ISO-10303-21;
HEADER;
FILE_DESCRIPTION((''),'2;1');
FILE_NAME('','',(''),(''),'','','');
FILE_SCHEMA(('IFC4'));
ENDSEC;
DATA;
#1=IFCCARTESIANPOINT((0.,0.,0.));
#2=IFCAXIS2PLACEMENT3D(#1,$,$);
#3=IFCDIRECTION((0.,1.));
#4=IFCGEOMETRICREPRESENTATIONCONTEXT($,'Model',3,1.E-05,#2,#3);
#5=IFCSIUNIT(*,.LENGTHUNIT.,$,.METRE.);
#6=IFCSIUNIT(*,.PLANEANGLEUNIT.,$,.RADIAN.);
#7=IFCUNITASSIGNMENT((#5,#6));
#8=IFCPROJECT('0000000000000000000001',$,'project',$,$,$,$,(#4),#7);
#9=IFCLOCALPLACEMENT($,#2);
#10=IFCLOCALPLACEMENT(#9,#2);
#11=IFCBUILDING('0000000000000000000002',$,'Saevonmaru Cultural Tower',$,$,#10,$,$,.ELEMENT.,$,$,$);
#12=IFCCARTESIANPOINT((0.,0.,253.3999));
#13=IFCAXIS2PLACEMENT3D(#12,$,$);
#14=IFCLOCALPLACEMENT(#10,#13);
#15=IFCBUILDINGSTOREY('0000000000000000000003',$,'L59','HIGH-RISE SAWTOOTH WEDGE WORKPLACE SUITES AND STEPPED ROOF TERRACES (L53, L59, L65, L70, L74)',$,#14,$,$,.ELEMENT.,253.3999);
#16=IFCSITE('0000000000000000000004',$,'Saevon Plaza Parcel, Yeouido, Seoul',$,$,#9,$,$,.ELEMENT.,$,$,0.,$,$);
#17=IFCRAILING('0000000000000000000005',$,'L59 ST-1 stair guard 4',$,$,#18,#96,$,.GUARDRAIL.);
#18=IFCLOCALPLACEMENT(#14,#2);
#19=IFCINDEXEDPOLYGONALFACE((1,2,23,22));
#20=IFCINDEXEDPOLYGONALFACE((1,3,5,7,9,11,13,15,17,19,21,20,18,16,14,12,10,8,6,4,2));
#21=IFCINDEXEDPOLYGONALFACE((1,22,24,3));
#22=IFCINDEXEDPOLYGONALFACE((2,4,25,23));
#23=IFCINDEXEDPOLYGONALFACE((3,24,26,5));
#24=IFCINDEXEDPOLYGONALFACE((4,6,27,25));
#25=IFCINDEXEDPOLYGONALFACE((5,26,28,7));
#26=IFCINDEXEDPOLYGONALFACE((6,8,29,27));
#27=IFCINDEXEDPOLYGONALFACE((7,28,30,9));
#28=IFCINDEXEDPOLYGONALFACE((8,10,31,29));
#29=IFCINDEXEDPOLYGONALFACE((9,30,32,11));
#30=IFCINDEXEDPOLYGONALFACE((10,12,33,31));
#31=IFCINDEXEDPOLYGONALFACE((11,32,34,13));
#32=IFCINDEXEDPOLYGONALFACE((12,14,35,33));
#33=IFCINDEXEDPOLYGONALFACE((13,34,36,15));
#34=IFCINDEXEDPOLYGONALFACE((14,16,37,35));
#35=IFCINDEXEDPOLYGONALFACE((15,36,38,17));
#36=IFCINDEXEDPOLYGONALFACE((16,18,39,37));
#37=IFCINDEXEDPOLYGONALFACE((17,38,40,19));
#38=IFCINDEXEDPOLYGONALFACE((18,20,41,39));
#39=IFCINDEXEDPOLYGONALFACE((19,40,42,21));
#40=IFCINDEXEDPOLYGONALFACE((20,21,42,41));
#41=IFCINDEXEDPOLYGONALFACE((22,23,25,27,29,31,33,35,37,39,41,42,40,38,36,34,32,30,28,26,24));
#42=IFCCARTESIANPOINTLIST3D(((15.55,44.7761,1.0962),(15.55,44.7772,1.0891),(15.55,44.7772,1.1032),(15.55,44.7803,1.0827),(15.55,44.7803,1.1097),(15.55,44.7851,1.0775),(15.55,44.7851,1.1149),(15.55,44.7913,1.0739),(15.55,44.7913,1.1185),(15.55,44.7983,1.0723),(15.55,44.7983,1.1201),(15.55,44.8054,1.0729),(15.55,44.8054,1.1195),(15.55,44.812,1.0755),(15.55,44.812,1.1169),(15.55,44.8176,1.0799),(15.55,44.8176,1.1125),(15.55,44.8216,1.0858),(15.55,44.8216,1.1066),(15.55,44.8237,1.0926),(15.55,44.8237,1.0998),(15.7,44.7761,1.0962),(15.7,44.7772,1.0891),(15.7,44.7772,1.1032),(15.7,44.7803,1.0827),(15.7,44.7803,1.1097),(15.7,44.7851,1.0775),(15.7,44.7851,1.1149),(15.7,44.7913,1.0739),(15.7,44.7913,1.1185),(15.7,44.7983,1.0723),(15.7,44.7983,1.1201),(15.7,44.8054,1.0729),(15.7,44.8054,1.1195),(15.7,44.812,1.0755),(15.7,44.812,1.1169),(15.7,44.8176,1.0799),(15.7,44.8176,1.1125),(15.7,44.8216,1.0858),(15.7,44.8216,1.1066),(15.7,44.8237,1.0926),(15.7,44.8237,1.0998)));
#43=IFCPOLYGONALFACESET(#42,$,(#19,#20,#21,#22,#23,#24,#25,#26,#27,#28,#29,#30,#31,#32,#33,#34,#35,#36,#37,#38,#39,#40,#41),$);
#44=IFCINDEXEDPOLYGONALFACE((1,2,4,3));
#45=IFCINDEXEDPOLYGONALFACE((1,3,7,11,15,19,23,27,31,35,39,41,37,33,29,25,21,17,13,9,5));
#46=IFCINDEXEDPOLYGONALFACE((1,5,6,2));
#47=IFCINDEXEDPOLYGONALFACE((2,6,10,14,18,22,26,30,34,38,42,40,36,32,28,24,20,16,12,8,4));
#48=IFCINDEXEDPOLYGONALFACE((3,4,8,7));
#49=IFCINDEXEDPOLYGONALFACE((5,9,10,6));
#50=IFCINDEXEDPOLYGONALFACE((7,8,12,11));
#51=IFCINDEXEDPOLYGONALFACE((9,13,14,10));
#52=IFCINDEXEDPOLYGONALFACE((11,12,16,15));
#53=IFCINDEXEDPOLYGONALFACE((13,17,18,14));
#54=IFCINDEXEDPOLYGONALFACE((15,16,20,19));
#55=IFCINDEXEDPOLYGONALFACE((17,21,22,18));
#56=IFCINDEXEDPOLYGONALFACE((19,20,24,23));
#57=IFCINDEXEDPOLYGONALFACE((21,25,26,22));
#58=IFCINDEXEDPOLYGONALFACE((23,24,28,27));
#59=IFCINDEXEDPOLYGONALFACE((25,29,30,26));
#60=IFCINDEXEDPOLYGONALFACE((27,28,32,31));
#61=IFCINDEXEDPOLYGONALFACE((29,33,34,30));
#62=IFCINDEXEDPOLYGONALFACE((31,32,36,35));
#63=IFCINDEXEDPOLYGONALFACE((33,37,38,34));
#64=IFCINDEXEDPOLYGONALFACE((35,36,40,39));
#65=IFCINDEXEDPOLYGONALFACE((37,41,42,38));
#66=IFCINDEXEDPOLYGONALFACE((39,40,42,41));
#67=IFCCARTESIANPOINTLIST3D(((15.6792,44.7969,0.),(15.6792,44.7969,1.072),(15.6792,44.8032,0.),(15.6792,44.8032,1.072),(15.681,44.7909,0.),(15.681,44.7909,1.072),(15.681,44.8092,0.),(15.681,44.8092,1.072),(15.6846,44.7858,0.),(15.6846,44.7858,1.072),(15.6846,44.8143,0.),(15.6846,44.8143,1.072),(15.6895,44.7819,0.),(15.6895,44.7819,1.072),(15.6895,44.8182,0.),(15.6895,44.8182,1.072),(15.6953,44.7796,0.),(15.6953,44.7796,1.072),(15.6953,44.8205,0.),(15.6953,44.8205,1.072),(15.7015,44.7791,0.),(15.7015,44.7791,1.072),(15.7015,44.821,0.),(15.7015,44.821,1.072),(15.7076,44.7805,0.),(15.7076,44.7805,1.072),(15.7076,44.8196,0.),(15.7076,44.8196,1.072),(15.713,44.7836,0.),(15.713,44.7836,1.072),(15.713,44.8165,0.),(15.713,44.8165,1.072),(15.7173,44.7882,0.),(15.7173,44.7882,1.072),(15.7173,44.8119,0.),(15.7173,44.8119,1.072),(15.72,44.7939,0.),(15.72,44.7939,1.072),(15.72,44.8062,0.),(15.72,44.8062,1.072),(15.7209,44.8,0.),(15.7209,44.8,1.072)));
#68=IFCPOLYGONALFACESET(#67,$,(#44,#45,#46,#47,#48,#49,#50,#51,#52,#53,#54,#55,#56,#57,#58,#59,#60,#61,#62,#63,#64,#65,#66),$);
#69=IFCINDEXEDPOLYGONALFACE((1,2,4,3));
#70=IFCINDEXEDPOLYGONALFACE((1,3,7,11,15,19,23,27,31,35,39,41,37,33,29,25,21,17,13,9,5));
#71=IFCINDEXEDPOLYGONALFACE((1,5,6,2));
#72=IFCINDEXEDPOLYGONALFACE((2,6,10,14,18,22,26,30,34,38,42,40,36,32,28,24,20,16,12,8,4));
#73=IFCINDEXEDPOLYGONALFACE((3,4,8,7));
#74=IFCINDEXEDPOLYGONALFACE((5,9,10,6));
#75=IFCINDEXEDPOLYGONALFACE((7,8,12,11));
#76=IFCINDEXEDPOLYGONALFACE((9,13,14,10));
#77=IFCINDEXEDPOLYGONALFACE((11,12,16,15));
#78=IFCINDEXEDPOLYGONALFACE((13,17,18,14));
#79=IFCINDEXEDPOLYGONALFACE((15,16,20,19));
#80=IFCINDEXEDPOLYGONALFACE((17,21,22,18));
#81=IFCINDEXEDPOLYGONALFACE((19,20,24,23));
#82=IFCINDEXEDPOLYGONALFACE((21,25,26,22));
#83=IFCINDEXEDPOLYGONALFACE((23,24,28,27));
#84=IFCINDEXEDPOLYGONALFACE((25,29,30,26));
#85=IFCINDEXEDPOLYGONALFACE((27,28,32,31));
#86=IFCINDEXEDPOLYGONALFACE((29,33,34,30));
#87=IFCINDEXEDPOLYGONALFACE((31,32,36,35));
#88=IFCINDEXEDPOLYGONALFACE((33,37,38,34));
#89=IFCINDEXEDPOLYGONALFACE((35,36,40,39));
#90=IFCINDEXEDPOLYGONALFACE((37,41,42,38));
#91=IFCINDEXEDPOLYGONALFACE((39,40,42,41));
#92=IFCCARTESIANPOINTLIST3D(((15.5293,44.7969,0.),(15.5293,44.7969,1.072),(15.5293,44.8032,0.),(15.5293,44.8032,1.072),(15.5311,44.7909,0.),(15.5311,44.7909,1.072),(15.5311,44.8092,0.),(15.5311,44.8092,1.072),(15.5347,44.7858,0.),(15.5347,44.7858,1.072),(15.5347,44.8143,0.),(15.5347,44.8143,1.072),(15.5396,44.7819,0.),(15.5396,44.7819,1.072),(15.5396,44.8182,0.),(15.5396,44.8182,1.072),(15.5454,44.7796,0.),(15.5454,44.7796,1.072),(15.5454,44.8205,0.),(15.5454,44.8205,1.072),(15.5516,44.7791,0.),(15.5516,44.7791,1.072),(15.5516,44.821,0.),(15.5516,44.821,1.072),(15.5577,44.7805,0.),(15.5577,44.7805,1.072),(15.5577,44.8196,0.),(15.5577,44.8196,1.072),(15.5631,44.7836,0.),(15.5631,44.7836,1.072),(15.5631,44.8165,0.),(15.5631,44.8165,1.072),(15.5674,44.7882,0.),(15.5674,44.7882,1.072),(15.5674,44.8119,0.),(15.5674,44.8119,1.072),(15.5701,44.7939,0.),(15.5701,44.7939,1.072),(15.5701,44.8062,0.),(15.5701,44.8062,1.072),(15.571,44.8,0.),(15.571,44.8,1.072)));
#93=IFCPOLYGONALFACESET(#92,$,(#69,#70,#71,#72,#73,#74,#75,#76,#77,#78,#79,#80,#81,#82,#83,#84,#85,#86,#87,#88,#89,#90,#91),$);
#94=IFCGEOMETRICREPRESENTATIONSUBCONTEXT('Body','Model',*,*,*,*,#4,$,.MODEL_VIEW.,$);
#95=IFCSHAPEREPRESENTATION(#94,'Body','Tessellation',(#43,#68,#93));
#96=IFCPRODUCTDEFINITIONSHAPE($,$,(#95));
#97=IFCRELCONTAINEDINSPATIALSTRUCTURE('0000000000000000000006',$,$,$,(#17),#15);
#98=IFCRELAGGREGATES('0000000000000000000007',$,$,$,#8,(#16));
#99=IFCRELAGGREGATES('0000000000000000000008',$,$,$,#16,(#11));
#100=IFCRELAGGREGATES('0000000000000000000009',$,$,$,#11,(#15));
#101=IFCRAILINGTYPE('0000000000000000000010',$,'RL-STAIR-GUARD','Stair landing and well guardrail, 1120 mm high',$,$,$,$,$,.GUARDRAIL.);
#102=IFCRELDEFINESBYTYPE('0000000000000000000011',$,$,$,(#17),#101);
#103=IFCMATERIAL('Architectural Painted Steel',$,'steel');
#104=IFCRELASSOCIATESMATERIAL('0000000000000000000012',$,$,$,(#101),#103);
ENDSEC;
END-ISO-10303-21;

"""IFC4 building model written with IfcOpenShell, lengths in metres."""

from ifc_helpers import new_model, si_unit, direction, frame, origin, origin_2d, place, context, subcontext, project, spatial, circle, extrude, material, type_object, element, save


model = new_model("IFC4")

# Units and contexts
model_context = context("Model", 3, precision=1e-05, world=origin(), true_north=direction((0.0, 1.0)))
body_context = subcontext(model_context, "Body", "Model", "MODEL_VIEW")
ifc_project = project(units=[si_unit("LENGTHUNIT", "METRE"), si_unit("PLANEANGLEUNIT", "RADIAN")], contexts=[model_context])

# Site, building, storey
site_placement = place(None, origin())
site = spatial("IfcSite", under=ifc_project, at=site_placement, Name="Saevon Plaza Parcel, Yeouido, Seoul", CompositionType="ELEMENT", RefElevation=0.0)
building_placement = place(site_placement, origin())
building = spatial("IfcBuilding", under=site, at=building_placement, Name="Saevonmaru Cultural Tower", CompositionType="ELEMENT")
storey_placement = place(building_placement, frame((0.0, 0.0, 253.3999)))
storey = spatial("IfcBuildingStorey", under=building, at=storey_placement, Name="L59", Description="HIGH-RISE SAWTOOTH WEDGE WORKPLACE SUITES AND STEPPED ROOF TERRACES (L53, L59, L65, L70, L74)", CompositionType="ELEMENT", Elevation=253.3999)

# Railing
ifc_material_1 = material(Name="Architectural Painted Steel", Category="steel")
railing_type_1 = type_object("IfcRailingType", Name="RL-STAIR-GUARD", Description="Stair landing and well guardrail, 1120 mm high", PredefinedType="GUARDRAIL", material=ifc_material_1)
railing_1_placement = place(storey_placement, frame((15.7, 44.8, 0.0)))
element("IfcRailing", 1, at=railing_1_placement, inside=storey, type_object=railing_type_1, Name="L59 ST-1 stair guard 4", PredefinedType="GUARDRAIL", context=body_context, shape_type="SweptSolid", body=[
    extrude(circle(Radius=0.0239, at=origin_2d()), frame((0.0, 0.0, 1.0962), z_axis=(-1.0, 0.0, 0.0), x_axis=(0.0, -1.0, 0.0)), (0.0, 0.0, 1.0), 0.1499),
    extrude(circle(Radius=0.021, at=origin_2d()), origin(), (0.0, 0.0, 1.0), 1.072),
    extrude(circle(Radius=0.021, at=origin_2d()), frame((-0.1499, 0.0, 0.0)), (0.0, 0.0, 1.0), 1.072),
])

save(model, "model.ifc")
